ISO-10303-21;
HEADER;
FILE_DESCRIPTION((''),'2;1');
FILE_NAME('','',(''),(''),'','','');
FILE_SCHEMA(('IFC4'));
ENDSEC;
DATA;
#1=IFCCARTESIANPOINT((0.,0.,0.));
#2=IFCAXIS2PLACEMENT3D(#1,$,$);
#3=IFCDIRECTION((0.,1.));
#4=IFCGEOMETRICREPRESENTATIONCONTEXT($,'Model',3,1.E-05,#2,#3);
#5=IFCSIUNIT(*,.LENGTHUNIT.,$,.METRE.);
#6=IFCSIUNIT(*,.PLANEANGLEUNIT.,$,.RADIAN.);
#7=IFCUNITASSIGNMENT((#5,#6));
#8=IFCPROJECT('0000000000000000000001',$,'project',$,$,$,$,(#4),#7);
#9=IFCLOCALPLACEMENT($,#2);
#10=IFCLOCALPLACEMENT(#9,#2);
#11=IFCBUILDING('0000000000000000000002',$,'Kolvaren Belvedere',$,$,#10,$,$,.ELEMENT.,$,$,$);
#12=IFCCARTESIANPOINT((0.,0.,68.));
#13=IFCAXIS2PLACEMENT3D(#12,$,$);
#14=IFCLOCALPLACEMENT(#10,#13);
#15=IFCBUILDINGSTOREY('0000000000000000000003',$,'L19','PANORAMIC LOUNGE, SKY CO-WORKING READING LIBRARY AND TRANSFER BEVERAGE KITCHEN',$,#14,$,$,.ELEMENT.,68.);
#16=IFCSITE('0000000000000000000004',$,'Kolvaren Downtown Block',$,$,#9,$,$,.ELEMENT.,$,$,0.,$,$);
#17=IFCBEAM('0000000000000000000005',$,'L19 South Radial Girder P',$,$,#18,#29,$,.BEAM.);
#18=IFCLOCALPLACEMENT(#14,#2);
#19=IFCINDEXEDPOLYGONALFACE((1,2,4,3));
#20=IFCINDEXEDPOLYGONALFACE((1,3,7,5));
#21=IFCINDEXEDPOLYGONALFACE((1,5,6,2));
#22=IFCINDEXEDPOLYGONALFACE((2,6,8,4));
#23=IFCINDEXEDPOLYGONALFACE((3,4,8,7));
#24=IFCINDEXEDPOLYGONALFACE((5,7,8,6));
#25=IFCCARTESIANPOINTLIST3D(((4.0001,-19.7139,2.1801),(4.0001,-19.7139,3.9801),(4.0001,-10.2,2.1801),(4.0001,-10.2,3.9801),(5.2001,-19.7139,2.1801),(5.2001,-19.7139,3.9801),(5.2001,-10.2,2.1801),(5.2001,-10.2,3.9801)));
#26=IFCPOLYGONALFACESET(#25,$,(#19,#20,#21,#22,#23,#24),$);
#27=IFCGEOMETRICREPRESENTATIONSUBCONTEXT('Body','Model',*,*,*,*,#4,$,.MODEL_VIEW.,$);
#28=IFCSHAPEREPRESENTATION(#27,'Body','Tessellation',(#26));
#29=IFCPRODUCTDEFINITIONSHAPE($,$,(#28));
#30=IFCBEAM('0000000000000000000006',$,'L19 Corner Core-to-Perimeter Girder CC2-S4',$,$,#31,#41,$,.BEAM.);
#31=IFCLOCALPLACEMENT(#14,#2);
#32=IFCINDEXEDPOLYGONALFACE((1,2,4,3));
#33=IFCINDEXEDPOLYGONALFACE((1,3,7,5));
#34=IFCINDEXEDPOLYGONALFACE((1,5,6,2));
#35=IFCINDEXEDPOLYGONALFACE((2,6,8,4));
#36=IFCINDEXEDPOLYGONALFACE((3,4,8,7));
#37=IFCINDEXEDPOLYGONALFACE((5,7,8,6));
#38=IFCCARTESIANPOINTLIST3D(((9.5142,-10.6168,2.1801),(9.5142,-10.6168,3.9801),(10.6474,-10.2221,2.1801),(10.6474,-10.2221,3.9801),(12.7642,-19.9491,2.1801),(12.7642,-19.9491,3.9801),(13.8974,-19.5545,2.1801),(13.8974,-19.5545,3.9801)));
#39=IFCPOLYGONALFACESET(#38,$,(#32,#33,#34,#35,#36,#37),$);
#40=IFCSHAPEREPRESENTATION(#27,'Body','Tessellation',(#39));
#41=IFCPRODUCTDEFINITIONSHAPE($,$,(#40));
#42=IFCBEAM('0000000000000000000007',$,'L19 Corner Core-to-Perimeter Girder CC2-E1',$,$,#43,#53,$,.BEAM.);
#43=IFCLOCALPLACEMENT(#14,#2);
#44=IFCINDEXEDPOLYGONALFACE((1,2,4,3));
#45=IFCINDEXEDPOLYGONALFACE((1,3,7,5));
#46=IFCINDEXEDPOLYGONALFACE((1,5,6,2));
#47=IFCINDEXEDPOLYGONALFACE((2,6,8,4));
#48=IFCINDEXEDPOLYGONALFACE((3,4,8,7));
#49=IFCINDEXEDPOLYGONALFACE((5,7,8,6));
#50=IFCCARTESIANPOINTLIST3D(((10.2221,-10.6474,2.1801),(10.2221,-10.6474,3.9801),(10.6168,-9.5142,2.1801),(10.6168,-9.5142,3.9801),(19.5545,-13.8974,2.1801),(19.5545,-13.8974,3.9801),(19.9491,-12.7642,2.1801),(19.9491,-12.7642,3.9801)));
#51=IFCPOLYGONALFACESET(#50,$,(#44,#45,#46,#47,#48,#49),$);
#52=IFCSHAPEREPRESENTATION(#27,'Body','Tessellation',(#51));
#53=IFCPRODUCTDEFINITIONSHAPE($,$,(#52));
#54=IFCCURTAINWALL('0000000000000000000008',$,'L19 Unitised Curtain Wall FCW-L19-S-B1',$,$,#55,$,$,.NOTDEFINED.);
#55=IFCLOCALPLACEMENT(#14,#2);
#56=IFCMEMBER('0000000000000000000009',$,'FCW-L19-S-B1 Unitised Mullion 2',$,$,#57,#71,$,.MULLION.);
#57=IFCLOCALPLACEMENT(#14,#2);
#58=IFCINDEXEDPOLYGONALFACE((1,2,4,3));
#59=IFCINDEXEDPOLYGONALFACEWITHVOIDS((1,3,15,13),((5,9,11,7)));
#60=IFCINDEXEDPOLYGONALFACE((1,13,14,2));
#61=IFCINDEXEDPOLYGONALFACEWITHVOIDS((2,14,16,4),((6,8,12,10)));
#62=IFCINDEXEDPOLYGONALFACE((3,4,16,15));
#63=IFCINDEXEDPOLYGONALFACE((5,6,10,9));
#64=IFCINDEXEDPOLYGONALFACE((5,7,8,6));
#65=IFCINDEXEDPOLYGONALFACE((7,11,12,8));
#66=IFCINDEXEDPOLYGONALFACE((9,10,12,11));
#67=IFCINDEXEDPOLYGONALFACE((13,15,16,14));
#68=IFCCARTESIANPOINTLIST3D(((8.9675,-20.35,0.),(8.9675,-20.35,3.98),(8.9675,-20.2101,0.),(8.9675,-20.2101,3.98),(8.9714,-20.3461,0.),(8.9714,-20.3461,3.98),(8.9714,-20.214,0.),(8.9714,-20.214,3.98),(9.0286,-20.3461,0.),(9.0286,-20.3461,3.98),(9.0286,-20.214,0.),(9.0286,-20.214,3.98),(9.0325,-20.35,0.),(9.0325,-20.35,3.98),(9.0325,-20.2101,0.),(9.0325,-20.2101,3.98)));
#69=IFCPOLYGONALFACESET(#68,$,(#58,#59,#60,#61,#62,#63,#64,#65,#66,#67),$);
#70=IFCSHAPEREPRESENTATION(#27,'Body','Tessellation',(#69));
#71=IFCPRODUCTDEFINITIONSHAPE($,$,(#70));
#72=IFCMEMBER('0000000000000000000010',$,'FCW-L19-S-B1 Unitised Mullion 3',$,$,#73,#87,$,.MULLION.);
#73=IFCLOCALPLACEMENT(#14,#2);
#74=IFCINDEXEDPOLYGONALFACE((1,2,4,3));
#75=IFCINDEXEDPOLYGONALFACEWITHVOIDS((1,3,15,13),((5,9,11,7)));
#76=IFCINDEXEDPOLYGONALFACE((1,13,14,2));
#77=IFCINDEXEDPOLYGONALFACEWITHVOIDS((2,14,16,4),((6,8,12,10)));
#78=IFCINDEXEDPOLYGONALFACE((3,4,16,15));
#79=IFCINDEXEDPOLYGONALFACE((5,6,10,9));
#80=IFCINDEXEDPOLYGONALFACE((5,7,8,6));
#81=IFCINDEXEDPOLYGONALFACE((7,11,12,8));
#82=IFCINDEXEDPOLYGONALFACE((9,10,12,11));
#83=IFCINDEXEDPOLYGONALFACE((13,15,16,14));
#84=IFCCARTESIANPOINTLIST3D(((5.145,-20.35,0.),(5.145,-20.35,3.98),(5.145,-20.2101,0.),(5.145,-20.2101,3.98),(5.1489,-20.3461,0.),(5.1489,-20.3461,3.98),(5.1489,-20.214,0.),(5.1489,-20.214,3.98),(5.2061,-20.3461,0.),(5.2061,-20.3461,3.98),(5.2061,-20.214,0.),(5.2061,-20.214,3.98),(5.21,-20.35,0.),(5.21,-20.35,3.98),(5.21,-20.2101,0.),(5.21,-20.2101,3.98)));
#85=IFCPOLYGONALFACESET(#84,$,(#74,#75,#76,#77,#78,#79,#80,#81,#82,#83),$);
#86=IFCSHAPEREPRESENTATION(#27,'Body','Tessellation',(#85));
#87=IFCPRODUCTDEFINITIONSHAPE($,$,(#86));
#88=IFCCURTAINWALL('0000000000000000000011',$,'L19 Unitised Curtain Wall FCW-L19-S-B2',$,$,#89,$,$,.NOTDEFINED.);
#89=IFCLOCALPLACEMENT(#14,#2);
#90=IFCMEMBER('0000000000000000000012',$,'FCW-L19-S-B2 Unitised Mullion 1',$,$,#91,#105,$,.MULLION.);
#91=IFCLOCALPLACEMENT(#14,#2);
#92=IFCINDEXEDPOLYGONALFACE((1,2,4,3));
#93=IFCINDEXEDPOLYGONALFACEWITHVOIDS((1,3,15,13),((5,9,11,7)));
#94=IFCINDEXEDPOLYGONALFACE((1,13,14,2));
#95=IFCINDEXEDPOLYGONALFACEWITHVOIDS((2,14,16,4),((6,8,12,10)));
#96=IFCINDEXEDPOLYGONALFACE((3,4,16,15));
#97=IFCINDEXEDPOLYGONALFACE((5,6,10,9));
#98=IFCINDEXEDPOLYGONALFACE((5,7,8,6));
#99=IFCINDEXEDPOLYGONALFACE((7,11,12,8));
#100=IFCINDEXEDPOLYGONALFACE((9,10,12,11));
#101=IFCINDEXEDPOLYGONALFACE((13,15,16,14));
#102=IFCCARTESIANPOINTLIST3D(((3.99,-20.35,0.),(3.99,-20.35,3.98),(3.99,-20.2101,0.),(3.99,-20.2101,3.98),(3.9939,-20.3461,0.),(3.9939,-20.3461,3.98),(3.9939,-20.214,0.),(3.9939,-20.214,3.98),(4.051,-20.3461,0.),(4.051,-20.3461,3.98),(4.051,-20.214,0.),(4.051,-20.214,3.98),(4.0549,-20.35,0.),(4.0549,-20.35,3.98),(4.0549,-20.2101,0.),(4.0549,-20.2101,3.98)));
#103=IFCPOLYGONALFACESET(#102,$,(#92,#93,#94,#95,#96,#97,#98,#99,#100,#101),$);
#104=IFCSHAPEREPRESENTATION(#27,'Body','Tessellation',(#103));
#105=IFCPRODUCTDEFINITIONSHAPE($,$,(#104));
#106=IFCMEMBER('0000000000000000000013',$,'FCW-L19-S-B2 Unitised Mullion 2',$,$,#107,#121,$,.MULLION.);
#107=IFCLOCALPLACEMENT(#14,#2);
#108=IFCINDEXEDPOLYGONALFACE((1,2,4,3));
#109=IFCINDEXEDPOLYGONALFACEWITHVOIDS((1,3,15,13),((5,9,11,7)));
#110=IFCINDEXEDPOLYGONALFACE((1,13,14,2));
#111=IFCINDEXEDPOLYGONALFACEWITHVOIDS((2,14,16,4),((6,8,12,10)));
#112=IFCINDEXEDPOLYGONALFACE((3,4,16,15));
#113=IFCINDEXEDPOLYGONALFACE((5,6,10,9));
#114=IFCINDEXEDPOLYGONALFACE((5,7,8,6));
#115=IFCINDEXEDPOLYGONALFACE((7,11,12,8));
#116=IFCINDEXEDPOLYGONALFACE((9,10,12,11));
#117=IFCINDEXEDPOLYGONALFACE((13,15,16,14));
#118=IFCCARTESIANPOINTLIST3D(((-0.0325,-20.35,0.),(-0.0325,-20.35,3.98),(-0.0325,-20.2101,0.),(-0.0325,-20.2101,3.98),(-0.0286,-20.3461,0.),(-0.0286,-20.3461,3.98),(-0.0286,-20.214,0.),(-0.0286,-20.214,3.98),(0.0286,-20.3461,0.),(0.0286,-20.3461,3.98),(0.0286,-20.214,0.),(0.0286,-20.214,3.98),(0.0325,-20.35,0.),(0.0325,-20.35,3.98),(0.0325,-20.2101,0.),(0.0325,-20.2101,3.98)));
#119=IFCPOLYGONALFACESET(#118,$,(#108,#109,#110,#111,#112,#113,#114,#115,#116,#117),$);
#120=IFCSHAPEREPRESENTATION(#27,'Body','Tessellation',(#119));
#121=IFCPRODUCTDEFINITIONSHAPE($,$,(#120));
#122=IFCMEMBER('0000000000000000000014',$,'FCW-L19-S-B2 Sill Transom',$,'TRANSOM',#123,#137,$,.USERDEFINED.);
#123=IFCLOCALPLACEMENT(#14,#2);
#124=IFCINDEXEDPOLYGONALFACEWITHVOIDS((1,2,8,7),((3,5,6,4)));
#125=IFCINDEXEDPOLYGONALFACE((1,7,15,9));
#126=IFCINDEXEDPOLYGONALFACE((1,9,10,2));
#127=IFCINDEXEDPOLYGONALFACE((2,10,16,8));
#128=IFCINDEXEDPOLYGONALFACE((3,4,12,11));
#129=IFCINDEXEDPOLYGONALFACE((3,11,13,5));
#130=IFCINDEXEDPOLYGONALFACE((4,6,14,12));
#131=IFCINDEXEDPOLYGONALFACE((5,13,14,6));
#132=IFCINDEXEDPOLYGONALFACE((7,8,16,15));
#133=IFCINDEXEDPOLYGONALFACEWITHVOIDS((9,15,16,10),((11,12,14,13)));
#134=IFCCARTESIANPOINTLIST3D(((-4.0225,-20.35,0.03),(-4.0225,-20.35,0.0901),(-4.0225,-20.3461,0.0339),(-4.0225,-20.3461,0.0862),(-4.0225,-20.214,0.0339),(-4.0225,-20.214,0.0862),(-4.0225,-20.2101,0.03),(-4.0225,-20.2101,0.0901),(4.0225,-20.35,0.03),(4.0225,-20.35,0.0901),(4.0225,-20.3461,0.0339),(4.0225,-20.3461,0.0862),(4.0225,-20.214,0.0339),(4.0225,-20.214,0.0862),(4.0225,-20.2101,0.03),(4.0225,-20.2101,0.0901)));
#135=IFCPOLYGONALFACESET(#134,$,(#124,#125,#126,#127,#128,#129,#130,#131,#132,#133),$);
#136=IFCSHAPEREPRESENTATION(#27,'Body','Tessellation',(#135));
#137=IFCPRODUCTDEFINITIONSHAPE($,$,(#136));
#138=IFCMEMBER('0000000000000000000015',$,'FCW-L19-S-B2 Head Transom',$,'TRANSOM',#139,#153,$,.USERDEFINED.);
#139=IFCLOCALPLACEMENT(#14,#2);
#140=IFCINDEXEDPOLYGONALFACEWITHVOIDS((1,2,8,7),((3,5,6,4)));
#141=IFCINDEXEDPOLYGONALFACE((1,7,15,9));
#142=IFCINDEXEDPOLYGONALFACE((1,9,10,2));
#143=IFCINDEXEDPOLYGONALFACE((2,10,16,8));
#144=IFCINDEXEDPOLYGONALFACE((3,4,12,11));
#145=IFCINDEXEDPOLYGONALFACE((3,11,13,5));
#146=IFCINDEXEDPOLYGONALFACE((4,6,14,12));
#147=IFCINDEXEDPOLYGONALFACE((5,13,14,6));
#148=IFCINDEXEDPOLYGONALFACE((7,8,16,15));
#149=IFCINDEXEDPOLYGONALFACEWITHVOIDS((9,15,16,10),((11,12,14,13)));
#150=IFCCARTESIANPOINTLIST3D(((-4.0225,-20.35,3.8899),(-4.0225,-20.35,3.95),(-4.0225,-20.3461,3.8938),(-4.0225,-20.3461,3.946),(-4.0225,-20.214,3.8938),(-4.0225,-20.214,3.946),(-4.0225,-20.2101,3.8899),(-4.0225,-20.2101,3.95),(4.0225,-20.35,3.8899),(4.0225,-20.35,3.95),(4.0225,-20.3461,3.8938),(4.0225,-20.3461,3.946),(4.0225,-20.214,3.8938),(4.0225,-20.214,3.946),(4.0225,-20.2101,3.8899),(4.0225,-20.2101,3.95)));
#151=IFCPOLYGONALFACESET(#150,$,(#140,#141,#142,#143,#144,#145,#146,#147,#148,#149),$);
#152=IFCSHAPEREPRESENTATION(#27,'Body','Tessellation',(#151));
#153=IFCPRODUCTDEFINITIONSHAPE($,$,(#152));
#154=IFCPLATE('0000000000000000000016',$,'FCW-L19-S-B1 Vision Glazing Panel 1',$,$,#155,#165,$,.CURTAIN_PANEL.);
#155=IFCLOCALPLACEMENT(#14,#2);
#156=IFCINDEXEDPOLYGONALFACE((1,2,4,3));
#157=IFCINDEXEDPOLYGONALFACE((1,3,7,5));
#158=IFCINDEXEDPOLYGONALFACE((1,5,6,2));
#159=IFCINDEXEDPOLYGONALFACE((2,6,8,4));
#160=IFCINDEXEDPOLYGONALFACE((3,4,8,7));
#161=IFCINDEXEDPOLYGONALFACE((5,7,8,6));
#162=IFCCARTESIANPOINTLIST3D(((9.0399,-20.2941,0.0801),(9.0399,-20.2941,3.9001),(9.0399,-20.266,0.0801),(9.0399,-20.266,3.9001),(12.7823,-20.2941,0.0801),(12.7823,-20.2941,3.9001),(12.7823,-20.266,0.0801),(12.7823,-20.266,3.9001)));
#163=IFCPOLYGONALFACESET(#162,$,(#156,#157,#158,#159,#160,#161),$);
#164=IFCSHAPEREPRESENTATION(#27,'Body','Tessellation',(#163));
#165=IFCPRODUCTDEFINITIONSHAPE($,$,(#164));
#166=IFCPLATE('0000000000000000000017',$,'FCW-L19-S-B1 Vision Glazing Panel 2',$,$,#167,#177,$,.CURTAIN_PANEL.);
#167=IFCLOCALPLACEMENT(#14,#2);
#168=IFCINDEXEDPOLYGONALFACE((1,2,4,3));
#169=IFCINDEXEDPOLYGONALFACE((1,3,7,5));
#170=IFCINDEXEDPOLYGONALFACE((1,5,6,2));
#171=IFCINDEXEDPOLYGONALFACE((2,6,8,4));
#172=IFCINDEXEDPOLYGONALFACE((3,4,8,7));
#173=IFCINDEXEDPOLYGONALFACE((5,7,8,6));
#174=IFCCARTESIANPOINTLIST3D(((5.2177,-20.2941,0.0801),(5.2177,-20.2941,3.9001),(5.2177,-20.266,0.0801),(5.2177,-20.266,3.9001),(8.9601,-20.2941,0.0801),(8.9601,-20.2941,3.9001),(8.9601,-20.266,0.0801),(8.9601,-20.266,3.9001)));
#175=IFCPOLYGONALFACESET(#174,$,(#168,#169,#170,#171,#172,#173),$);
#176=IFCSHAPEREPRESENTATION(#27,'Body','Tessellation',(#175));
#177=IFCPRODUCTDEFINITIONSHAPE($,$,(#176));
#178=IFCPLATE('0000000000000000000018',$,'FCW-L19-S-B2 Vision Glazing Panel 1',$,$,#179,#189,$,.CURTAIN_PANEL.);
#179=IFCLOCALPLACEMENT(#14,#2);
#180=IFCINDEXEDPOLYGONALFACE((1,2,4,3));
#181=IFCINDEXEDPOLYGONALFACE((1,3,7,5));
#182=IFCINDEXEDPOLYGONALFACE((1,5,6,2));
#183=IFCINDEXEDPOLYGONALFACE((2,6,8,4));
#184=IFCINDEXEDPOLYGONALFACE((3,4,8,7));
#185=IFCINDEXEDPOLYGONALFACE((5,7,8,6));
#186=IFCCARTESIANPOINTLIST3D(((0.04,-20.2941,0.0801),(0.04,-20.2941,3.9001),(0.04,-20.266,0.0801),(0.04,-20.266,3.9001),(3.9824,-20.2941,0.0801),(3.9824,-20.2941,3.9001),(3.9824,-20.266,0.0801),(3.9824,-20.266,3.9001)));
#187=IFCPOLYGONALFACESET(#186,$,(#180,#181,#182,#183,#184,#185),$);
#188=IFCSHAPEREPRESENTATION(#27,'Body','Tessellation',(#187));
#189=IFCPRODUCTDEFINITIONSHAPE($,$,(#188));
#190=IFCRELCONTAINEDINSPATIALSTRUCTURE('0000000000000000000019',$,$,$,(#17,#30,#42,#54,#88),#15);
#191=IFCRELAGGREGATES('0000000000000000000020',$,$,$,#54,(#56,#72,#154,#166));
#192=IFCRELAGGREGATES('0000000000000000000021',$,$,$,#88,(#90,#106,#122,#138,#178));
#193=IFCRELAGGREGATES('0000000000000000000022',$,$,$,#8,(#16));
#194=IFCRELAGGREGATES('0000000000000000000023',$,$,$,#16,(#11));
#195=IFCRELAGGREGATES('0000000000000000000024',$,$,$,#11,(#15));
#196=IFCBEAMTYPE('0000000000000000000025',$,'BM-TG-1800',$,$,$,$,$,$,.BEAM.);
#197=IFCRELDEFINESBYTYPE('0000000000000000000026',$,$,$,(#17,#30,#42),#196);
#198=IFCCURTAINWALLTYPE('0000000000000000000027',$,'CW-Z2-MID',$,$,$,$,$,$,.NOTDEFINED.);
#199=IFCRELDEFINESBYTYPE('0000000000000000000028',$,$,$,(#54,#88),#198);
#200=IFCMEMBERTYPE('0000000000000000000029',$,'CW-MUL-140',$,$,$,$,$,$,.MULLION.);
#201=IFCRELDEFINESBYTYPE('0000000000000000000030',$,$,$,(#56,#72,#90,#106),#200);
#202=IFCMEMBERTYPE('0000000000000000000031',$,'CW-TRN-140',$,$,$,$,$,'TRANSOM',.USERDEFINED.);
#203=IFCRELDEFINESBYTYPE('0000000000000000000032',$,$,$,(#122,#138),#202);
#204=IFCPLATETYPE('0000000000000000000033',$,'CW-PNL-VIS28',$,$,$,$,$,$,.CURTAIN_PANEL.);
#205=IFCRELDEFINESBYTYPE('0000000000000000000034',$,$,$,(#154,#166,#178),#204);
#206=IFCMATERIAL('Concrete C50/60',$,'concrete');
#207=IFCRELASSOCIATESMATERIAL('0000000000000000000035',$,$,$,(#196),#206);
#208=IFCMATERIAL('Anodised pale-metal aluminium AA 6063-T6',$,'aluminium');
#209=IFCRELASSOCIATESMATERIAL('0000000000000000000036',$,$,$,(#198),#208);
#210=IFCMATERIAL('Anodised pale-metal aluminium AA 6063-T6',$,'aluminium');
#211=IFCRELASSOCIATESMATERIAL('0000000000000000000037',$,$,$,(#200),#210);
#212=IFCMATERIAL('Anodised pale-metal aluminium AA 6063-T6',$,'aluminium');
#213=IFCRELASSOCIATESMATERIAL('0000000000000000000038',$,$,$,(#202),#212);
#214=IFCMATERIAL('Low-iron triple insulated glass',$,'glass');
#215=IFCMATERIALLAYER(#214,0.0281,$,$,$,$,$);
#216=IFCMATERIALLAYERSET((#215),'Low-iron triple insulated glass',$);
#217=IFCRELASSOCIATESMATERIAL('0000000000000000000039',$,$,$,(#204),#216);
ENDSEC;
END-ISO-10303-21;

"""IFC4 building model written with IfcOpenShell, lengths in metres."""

from ifc_helpers import new_model, si_unit, direction, frame, origin, origin_2d, place, context, subcontext, project, spatial, rectangle, hollow_rectangle, extrude, material, layer, layer_set, material_profile, profile_set, type_object, element, aggregate, save


model = new_model("IFC4")

# Units and contexts
model_context = context("Model", 3, precision=1e-05, world=origin(), true_north=direction((0.0, 1.0)))
body_context = subcontext(model_context, "Body", "Model", "MODEL_VIEW")
ifc_project = project(units=[si_unit("LENGTHUNIT", "METRE"), si_unit("PLANEANGLEUNIT", "RADIAN")], contexts=[model_context])

# Site, building, storey
site_placement = place(None, origin())
site = spatial("IfcSite", under=ifc_project, at=site_placement, Name="Kolvaren Downtown Block", CompositionType="ELEMENT", RefElevation=0.0)
building_placement = place(site_placement, origin())
building = spatial("IfcBuilding", under=site, at=building_placement, Name="Kolvaren Belvedere", CompositionType="ELEMENT")
storey_placement = place(building_placement, frame((0.0, 0.0, 68.0)))
storey = spatial("IfcBuildingStorey", under=building, at=storey_placement, Name="L19", Description="PANORAMIC LOUNGE, SKY CO-WORKING READING LIBRARY AND TRANSFER BEVERAGE KITCHEN", CompositionType="ELEMENT", Elevation=68.0)

# Beams
ifc_material_1 = material(Name="Concrete C50/60", Category="concrete")
ifc_material_profile_1 = material_profile(ifc_material_1, rectangle(XDim=1.2, YDim=1.8, at=origin_2d()), Name="RC 1200X1800")
ifc_profile_set_1 = profile_set([ifc_material_profile_1], Name="Concrete C50/60")
beam_type_1 = type_object("IfcBeamType", Name="BM-TG-1800", PredefinedType="BEAM", material=ifc_profile_set_1)
beam_1_placement = place(storey_placement, frame((4.6001, -10.2, 3.0801), z_axis=(0.0, -1.0, 0.0), x_axis=(1.0, 0.0, 0.0)))
element("IfcBeam", 1, at=beam_1_placement, inside=storey, type_object=beam_type_1, Name="L19 South Radial Girder P", PredefinedType="BEAM", context=body_context, shape_type="SweptSolid", body=[
    extrude(rectangle(XDim=1.2, YDim=1.8, at=origin_2d()), origin(), (0.0, 0.0, 1.0), 9.5139),
])
for number, where, z_axis, x_axis, name in (
    (2, (10.0808, -10.4194, 3.0801), (0.328881, -0.944371, 0.0), (0.944371, 0.328881, 0.0), "L19 Corner Core-to-Perimeter Girder CC2-S4"),
    (3, (10.4194, -10.0808, 3.0801), (0.944371, -0.328881, 0.0), (0.328881, 0.944371, 0.0), "L19 Corner Core-to-Perimeter Girder CC2-E1"),
):
    element("IfcBeam", number, at=place(storey_placement, frame(where, z_axis=z_axis, x_axis=x_axis)), inside=storey, type_object=beam_type_1, Name=name, PredefinedType="BEAM", context=body_context, shape_type="SweptSolid", body=[
        extrude(rectangle(XDim=1.2, YDim=1.8, at=origin_2d()), origin(), (0.0, 0.0, 1.0), 9.8821),
    ])

# Curtain walls, members
ifc_material_2 = material(Name="Anodised pale-metal aluminium AA 6063-T6", Category="aluminium")
curtain_wall_type = type_object("IfcCurtainWallType", Name="CW-Z2-MID", PredefinedType="NOTDEFINED", material=ifc_material_2)
curtain_wall_1_placement = place(storey_placement, origin())
curtain_wall_1 = element("IfcCurtainWall", 4, at=curtain_wall_1_placement, inside=storey, type_object=curtain_wall_type, Name="L19 Unitised Curtain Wall FCW-L19-S-B1", PredefinedType="NOTDEFINED")
ifc_material_3 = material(Name="Anodised pale-metal aluminium AA 6063-T6", Category="aluminium")
ifc_material_profile_2 = material_profile(ifc_material_3, hollow_rectangle(XDim=0.0649, YDim=0.1399, WallThickness=0.0039, at=origin_2d()), Name="ALU-MUL-140X65")
ifc_profile_set_2 = profile_set([ifc_material_profile_2], Name="Anodised pale-metal aluminium AA 6063-T6")
member_type_1 = type_object("IfcMemberType", Name="CW-MUL-140", PredefinedType="MULLION", material=ifc_profile_set_2)
member_1_placement = place(storey_placement, frame((9.0, -20.28, 0.0), z_axis=(0.0, 0.0, 1.0), x_axis=(1.0, 0.0, 0.0)))
member_1 = element("IfcMember", 5, at=member_1_placement, type_object=member_type_1, Name="FCW-L19-S-B1 Unitised Mullion 2", PredefinedType="MULLION", context=body_context, shape_type="SweptSolid", body=[
    extrude(hollow_rectangle(XDim=0.0649, YDim=0.1399, WallThickness=0.0039, at=origin_2d()), origin(), (0.0, 0.0, 1.0), 3.98),
])
member_2_placement = place(storey_placement, frame((5.1775, -20.28, 0.0), z_axis=(0.0, 0.0, 1.0), x_axis=(1.0, 0.0, 0.0)))
member_2 = element("IfcMember", 6, at=member_2_placement, type_object=member_type_1, Name="FCW-L19-S-B1 Unitised Mullion 3", PredefinedType="MULLION", context=body_context, shape_type="SweptSolid", body=[
    extrude(hollow_rectangle(XDim=0.0649, YDim=0.1399, WallThickness=0.0039, at=origin_2d()), origin(), (0.0, 0.0, 1.0), 3.98),
])
curtain_wall_2_placement = place(storey_placement, origin())
curtain_wall_2 = element("IfcCurtainWall", 7, at=curtain_wall_2_placement, inside=storey, type_object=curtain_wall_type, Name="L19 Unitised Curtain Wall FCW-L19-S-B2", PredefinedType="NOTDEFINED")
member_3_placement = place(storey_placement, frame((4.0225, -20.28, 0.0), z_axis=(0.0, 0.0, 1.0), x_axis=(1.0, 0.0, 0.0)))
member_3 = element("IfcMember", 8, at=member_3_placement, type_object=member_type_1, Name="FCW-L19-S-B2 Unitised Mullion 1", PredefinedType="MULLION", context=body_context, shape_type="SweptSolid", body=[
    extrude(hollow_rectangle(XDim=0.0649, YDim=0.1399, WallThickness=0.0039, at=origin_2d()), origin(), (0.0, 0.0, 1.0), 3.98),
])
member_4_placement = place(storey_placement, frame((0.0, -20.28, 0.0), z_axis=(0.0, 0.0, 1.0), x_axis=(1.0, 0.0, 0.0)))
member_4 = element("IfcMember", 9, at=member_4_placement, type_object=member_type_1, Name="FCW-L19-S-B2 Unitised Mullion 2", PredefinedType="MULLION", context=body_context, shape_type="SweptSolid", body=[
    extrude(hollow_rectangle(XDim=0.0649, YDim=0.1399, WallThickness=0.0039, at=origin_2d()), origin(), (0.0, 0.0, 1.0), 3.98),
])
ifc_material_4 = material(Name="Anodised pale-metal aluminium AA 6063-T6", Category="aluminium")
ifc_material_profile_3 = material_profile(ifc_material_4, hollow_rectangle(XDim=0.0601, YDim=0.1399, WallThickness=0.0039, at=origin_2d()), Name="ALU-TRN-140X60")
ifc_profile_set_3 = profile_set([ifc_material_profile_3], Name="Anodised pale-metal aluminium AA 6063-T6")
member_type_2 = type_object("IfcMemberType", Name="CW-TRN-140", ElementType="TRANSOM", PredefinedType="USERDEFINED", material=ifc_profile_set_3)
member_5_placement = place(storey_placement, frame((4.0225, -20.28, 0.0601), z_axis=(-1.0, 0.0, 0.0), x_axis=(0.0, 0.0, 1.0)))
member_5 = element("IfcMember", 10, at=member_5_placement, type_object=member_type_2, Name="FCW-L19-S-B2 Sill Transom", ObjectType="TRANSOM", PredefinedType="USERDEFINED", context=body_context, shape_type="SweptSolid", body=[
    extrude(hollow_rectangle(XDim=0.0601, YDim=0.1399, WallThickness=0.0039, at=origin_2d()), origin(), (0.0, 0.0, 1.0), 8.0449),
])
member_6_placement = place(storey_placement, frame((4.0225, -20.28, 3.9199), z_axis=(-1.0, 0.0, 0.0), x_axis=(0.0, 0.0, 1.0)))
member_6 = element("IfcMember", 11, at=member_6_placement, type_object=member_type_2, Name="FCW-L19-S-B2 Head Transom", ObjectType="TRANSOM", PredefinedType="USERDEFINED", context=body_context, shape_type="SweptSolid", body=[
    extrude(hollow_rectangle(XDim=0.0601, YDim=0.1399, WallThickness=0.0039, at=origin_2d()), origin(), (0.0, 0.0, 1.0), 8.0449),
])

# Plates
ifc_material_5 = material(Name="Low-iron triple insulated glass", Category="glass")
ifc_layer_1 = layer(ifc_material_5, 0.0281)
ifc_layer_set_1 = layer_set([ifc_layer_1], Name="Low-iron triple insulated glass")
plate_type_1 = type_object("IfcPlateType", Name="CW-PNL-VIS28", PredefinedType="CURTAIN_PANEL", material=ifc_layer_set_1)
plate_1_placement = place(storey_placement, frame((10.9111, -20.28, 0.0801), z_axis=(0.0, 0.0, 1.0), x_axis=(-1.0, 0.0, 0.0)))
plate_1 = element("IfcPlate", 12, at=plate_1_placement, type_object=plate_type_1, Name="FCW-L19-S-B1 Vision Glazing Panel 1", PredefinedType="CURTAIN_PANEL", context=body_context, shape_type="SweptSolid", body=[
    extrude(rectangle(XDim=3.7424, YDim=0.0281, at=origin_2d()), origin(), (0.0, 0.0, 1.0), 3.8201),
])
plate_2_placement = place(storey_placement, frame((7.0889, -20.28, 0.0801), z_axis=(0.0, 0.0, 1.0), x_axis=(-1.0, 0.0, 0.0)))
plate_2 = element("IfcPlate", 13, at=plate_2_placement, type_object=plate_type_1, Name="FCW-L19-S-B1 Vision Glazing Panel 2", PredefinedType="CURTAIN_PANEL", context=body_context, shape_type="SweptSolid", body=[
    extrude(rectangle(XDim=3.7424, YDim=0.0281, at=origin_2d()), origin(), (0.0, 0.0, 1.0), 3.8201),
])
aggregate(curtain_wall_1, [member_1, member_2, plate_1, plate_2])
plate_3_placement = place(storey_placement, frame((2.0112, -20.28, 0.0801), z_axis=(0.0, 0.0, 1.0), x_axis=(-1.0, 0.0, 0.0)))
plate_3 = element("IfcPlate", 14, at=plate_3_placement, type_object=plate_type_1, Name="FCW-L19-S-B2 Vision Glazing Panel 1", PredefinedType="CURTAIN_PANEL", context=body_context, shape_type="SweptSolid", body=[
    extrude(rectangle(XDim=3.9424, YDim=0.0281, at=origin_2d()), origin(), (0.0, 0.0, 1.0), 3.8201),
])
aggregate(curtain_wall_2, [member_3, member_4, member_5, member_6, plate_3])

save(model, "model.ifc")
